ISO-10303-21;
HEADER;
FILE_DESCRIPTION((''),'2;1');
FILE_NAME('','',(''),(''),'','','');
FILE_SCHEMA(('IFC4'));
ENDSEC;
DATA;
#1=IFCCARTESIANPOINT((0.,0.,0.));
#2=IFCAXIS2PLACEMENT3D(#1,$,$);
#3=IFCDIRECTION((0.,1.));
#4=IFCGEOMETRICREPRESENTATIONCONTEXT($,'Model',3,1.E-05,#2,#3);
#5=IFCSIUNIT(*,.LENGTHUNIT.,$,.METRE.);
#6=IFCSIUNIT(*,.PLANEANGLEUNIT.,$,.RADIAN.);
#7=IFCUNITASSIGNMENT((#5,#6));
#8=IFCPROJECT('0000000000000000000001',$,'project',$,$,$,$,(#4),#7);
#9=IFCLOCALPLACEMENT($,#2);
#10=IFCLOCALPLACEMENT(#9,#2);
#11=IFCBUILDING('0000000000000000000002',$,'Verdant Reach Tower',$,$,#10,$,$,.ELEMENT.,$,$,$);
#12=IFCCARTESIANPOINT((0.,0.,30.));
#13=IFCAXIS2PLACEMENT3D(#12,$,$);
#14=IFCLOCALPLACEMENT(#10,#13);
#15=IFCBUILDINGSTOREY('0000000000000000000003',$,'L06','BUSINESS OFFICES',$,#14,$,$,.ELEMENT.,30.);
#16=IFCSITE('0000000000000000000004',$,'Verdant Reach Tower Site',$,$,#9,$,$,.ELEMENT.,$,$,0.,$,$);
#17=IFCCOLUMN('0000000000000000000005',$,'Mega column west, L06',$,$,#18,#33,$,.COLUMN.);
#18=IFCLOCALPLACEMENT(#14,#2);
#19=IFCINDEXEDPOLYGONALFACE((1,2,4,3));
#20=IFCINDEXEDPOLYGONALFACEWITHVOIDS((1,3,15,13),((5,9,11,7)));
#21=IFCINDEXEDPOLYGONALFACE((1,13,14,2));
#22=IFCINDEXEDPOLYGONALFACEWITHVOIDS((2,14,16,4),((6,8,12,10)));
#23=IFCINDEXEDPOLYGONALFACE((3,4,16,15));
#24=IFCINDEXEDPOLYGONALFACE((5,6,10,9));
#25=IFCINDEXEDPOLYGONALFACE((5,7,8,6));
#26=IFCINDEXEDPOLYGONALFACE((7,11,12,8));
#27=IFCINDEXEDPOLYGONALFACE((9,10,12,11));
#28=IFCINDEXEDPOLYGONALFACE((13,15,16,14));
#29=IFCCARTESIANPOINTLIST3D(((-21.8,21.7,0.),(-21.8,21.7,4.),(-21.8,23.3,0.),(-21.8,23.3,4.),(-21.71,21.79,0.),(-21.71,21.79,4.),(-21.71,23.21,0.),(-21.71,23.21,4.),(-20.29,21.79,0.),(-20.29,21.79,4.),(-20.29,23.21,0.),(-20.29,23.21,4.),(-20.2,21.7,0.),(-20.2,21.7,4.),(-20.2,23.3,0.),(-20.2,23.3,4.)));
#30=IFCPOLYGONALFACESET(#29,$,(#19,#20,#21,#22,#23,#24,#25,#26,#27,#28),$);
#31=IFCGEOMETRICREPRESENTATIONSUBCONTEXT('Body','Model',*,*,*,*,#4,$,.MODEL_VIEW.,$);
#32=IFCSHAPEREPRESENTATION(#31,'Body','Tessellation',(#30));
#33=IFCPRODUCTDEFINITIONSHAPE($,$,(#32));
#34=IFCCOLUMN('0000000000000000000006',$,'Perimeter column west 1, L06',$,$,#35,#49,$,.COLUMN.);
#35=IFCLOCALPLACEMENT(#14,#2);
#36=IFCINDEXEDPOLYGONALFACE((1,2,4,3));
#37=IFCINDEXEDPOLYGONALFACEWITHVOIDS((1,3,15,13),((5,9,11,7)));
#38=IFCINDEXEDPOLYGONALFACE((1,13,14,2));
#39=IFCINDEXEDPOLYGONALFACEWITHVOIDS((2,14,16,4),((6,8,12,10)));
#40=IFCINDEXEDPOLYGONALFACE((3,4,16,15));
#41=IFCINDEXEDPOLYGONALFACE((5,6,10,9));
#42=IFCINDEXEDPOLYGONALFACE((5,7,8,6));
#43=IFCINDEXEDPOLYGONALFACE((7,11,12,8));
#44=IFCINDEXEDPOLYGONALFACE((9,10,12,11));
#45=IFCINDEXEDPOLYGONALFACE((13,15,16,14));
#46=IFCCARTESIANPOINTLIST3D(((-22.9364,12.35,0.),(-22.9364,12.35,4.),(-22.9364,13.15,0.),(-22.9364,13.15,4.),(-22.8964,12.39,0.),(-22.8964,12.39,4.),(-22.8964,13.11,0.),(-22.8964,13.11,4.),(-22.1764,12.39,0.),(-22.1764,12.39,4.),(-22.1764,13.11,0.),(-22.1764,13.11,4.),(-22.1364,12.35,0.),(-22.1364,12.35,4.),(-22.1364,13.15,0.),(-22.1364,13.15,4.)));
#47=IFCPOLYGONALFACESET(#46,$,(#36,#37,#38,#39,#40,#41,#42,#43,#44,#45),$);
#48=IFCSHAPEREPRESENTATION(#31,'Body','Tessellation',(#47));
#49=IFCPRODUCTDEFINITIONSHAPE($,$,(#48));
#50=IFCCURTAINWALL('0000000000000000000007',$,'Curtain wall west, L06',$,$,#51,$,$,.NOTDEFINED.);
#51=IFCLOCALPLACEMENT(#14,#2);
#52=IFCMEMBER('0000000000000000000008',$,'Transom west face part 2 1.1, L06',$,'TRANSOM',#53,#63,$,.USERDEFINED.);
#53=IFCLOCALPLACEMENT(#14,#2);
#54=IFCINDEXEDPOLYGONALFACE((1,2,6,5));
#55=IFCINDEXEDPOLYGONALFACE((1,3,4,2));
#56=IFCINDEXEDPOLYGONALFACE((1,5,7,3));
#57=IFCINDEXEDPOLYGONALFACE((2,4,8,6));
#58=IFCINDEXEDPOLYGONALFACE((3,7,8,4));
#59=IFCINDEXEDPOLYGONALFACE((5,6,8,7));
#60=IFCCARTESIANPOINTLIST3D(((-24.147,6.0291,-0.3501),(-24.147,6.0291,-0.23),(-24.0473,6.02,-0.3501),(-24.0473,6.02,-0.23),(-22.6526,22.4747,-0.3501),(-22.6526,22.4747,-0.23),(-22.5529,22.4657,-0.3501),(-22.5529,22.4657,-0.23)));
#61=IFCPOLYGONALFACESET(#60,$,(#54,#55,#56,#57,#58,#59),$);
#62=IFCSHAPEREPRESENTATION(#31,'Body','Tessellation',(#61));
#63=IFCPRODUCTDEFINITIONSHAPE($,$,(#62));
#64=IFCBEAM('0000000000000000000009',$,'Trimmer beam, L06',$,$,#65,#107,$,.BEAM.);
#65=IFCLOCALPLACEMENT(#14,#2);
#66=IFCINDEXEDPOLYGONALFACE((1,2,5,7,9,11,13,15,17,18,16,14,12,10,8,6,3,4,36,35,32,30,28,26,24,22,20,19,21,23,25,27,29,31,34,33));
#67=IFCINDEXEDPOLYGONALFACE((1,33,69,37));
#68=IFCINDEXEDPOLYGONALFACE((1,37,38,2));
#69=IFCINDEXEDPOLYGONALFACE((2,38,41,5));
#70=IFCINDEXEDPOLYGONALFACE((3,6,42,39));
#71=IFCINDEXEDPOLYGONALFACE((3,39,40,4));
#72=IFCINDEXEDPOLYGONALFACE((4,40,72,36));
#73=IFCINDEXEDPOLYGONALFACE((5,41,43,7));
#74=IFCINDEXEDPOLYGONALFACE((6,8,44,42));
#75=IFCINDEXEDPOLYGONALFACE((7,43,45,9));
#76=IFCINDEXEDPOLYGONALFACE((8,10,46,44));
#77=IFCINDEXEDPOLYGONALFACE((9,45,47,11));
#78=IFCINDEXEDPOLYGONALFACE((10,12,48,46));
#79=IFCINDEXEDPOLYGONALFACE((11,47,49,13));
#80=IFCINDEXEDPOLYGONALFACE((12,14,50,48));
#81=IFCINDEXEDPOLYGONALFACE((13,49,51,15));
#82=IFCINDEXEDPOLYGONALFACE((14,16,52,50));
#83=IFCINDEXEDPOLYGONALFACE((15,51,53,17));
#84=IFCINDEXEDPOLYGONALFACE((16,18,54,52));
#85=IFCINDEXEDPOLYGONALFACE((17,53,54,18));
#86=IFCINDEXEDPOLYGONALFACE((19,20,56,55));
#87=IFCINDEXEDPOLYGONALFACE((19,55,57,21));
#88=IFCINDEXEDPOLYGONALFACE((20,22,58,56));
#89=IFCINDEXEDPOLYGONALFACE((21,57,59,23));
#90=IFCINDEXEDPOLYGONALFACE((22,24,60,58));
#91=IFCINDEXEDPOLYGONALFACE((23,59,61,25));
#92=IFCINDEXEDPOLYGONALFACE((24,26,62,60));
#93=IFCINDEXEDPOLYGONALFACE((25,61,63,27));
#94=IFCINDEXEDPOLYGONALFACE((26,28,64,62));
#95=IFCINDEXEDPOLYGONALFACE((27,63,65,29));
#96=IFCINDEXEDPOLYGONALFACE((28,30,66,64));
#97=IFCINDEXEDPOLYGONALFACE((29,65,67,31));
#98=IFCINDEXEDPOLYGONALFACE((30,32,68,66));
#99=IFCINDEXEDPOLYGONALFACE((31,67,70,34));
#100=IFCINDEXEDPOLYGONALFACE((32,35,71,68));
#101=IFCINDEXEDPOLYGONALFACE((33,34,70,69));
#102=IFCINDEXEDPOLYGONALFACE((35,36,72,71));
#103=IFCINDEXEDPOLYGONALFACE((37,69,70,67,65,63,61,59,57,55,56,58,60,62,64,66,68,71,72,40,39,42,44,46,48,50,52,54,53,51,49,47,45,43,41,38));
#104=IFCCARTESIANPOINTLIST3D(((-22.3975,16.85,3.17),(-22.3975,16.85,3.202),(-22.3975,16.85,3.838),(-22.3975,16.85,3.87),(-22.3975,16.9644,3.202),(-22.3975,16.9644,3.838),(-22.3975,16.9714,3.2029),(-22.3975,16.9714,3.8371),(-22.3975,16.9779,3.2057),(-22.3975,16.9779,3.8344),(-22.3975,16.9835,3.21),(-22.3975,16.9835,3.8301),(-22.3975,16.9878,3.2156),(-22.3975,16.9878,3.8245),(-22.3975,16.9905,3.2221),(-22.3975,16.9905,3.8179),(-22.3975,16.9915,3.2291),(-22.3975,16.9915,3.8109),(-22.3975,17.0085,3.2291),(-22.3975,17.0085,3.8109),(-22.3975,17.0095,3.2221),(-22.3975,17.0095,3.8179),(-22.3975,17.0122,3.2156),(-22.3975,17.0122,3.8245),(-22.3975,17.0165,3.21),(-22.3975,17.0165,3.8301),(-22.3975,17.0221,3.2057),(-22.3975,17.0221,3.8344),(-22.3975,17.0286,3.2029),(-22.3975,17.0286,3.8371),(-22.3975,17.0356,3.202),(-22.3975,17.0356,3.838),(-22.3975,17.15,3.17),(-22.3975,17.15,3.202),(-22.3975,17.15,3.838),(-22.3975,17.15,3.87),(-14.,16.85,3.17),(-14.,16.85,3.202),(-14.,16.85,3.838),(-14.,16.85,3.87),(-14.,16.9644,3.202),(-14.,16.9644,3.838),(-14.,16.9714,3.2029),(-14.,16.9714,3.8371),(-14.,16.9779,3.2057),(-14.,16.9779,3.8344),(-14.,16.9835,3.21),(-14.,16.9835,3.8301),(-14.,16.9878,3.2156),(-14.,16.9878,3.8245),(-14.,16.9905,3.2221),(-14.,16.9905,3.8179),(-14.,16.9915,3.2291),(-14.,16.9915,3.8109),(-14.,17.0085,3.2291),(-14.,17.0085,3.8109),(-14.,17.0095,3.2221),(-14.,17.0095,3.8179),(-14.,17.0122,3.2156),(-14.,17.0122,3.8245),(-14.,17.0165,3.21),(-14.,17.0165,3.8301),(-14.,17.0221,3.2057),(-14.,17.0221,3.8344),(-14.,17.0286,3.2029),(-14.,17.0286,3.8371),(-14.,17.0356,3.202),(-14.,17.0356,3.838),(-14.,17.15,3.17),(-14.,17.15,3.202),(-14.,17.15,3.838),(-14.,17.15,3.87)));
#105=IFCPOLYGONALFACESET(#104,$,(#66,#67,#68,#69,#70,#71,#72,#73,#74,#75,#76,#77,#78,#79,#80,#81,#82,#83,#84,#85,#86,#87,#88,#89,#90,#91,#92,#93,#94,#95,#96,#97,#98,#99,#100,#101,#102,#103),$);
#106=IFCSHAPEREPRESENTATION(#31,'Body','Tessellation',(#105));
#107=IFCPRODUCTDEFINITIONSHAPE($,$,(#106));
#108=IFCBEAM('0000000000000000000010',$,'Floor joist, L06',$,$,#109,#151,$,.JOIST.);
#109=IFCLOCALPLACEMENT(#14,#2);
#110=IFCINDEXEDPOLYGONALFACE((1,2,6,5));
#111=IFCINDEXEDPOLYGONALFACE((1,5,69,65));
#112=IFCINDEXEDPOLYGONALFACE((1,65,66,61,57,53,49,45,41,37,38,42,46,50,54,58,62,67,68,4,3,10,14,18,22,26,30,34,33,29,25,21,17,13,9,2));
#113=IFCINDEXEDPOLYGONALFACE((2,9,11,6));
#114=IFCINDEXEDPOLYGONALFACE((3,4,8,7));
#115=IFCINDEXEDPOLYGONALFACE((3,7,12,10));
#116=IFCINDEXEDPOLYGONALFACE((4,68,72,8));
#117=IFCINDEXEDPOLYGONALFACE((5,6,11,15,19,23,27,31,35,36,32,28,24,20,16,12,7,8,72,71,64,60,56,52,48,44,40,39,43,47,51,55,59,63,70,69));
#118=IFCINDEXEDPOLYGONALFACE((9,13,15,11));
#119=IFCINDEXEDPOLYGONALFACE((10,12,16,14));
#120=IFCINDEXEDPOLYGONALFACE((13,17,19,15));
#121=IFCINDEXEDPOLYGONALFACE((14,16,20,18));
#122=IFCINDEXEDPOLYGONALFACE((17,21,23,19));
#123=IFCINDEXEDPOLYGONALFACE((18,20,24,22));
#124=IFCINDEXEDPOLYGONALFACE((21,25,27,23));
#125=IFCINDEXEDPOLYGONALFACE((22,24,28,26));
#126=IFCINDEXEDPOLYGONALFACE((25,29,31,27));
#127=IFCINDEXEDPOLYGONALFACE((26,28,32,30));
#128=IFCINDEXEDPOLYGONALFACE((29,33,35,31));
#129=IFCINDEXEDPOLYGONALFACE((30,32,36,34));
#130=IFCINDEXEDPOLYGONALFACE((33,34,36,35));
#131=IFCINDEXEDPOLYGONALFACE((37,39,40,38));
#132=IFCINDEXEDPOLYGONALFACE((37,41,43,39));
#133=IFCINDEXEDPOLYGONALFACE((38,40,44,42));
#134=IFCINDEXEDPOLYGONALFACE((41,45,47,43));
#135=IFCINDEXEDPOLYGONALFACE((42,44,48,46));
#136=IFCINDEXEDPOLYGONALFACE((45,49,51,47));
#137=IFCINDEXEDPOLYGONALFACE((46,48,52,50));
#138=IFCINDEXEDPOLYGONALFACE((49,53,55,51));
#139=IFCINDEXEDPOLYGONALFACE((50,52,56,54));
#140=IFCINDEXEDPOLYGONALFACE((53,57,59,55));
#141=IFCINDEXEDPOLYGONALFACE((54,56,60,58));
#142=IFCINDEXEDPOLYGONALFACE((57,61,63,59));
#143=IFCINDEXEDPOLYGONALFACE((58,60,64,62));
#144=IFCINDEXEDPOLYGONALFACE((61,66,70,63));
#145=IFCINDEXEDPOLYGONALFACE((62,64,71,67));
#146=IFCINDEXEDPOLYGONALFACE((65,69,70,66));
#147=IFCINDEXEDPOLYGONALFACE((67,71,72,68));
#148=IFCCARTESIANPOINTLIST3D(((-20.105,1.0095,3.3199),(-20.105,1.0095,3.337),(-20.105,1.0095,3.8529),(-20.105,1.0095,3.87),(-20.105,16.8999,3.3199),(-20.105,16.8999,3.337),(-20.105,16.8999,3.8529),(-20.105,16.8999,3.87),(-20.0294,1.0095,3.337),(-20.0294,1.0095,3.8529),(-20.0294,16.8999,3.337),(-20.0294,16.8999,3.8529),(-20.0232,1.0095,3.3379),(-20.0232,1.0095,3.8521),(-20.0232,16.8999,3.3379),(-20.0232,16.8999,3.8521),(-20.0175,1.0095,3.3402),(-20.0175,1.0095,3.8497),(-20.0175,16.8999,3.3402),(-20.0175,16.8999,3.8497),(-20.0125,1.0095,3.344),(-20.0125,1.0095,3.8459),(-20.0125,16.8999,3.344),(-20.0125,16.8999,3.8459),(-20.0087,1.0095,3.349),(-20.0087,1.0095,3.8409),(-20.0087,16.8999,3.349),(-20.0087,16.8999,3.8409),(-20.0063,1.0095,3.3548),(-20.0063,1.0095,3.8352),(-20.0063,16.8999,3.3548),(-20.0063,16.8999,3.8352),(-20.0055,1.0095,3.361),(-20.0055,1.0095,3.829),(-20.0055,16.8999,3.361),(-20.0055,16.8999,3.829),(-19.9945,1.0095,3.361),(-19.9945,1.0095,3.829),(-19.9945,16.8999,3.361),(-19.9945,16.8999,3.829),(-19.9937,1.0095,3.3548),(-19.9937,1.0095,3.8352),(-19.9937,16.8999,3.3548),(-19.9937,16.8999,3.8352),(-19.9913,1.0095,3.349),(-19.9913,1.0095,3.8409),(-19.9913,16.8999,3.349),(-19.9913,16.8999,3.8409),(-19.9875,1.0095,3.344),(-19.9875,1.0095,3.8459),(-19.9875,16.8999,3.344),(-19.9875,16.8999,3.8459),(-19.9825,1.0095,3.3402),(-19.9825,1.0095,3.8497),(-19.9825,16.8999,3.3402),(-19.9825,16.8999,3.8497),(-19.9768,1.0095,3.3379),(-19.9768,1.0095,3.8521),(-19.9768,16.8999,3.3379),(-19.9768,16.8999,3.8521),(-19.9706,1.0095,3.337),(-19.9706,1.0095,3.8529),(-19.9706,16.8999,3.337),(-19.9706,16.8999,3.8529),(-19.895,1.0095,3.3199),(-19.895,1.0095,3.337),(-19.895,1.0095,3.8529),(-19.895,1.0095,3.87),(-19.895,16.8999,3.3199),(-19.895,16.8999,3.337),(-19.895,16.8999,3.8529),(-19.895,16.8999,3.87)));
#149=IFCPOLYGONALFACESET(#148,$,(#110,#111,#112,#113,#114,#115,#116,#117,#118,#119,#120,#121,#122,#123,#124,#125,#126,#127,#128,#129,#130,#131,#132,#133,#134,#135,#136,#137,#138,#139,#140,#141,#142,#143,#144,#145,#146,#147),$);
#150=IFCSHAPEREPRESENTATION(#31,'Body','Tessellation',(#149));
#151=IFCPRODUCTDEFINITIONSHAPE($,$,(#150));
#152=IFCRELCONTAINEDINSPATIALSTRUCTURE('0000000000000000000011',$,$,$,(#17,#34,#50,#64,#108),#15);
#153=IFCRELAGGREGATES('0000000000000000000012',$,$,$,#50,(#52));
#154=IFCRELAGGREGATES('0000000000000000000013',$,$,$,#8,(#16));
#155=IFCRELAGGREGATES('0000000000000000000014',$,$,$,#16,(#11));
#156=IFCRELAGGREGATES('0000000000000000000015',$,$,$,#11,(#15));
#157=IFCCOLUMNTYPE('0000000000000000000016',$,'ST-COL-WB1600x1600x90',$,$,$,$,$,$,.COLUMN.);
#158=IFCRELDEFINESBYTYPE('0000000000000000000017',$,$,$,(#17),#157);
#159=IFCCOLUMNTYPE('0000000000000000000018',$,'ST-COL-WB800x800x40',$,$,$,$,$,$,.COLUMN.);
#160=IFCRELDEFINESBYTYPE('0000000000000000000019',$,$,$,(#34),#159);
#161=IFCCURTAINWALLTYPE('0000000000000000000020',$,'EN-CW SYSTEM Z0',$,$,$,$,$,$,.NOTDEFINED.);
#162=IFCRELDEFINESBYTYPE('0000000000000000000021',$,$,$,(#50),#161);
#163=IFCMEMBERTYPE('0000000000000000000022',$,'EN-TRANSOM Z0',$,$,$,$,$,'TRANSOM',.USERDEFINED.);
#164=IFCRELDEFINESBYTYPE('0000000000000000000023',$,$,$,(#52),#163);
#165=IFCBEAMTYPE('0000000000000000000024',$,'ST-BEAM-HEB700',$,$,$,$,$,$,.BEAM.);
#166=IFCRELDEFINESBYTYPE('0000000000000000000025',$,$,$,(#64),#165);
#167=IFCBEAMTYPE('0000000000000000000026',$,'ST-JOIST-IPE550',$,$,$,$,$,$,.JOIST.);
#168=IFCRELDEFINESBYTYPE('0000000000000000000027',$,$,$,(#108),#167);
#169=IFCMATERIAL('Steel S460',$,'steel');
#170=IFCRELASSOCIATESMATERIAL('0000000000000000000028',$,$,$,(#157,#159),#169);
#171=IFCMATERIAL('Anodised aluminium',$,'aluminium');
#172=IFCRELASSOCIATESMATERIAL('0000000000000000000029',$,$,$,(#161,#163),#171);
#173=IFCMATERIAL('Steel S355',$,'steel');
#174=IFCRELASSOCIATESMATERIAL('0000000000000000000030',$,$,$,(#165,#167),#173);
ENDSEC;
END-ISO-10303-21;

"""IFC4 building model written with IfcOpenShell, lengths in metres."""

from ifc_helpers import new_model, si_unit, direction, frame, origin, origin_2d, place, context, subcontext, project, spatial, rectangle, hollow_rectangle, i_section, extrude, material, material_profile, profile_set, type_object, element, aggregate, save


model = new_model("IFC4")

# Units and contexts
model_context = context("Model", 3, precision=1e-05, world=origin(), true_north=direction((0.0, 1.0)))
body_context = subcontext(model_context, "Body", "Model", "MODEL_VIEW")
ifc_project = project(units=[si_unit("LENGTHUNIT", "METRE"), si_unit("PLANEANGLEUNIT", "RADIAN")], contexts=[model_context])

# Site, building, storey
site_placement = place(None, origin())
site = spatial("IfcSite", under=ifc_project, at=site_placement, Name="Verdant Reach Tower Site", CompositionType="ELEMENT", RefElevation=0.0)
building_placement = place(site_placement, origin())
building = spatial("IfcBuilding", under=site, at=building_placement, Name="Verdant Reach Tower", CompositionType="ELEMENT")
storey_placement = place(building_placement, frame((0.0, 0.0, 30.0)))
storey = spatial("IfcBuildingStorey", under=building, at=storey_placement, Name="L06", Description="BUSINESS OFFICES", CompositionType="ELEMENT", Elevation=30.0)

# Columns
ifc_material_1 = material(Name="Steel S460", Category="steel")
ifc_material_profile_1 = material_profile(ifc_material_1, hollow_rectangle(XDim=1.6001, YDim=1.6001, WallThickness=0.0901, at=origin_2d()), Name="WB 1600x1600x90")
ifc_profile_set_1 = profile_set([ifc_material_profile_1], Name="Steel S460")
column_type_1 = type_object("IfcColumnType", Name="ST-COL-WB1600x1600x90", PredefinedType="COLUMN", material=ifc_profile_set_1)
column_1_placement = place(storey_placement, frame((-21.0, 22.5, 0.0), z_axis=(0.0, 0.0, 1.0), x_axis=(1.0, 0.0, 0.0)))
element("IfcColumn", 1, at=column_1_placement, inside=storey, type_object=column_type_1, Name="Mega column west, L06", PredefinedType="COLUMN", context=body_context, shape_type="SweptSolid", body=[
    extrude(hollow_rectangle(XDim=1.6001, YDim=1.6001, WallThickness=0.0901, at=origin_2d()), origin(), (0.0, 0.0, 1.0), 4.0),
])
ifc_material_profile_2 = material_profile(ifc_material_1, hollow_rectangle(XDim=0.8, YDim=0.8, WallThickness=0.04, at=origin_2d()), Name="WB 800x800x40")
ifc_profile_set_2 = profile_set([ifc_material_profile_2], Name="Steel S460")
column_type_2 = type_object("IfcColumnType", Name="ST-COL-WB800x800x40", PredefinedType="COLUMN", material=ifc_profile_set_2)
column_2_placement = place(storey_placement, frame((-22.5364, 12.75, 0.0), z_axis=(0.0, 0.0, 1.0), x_axis=(1.0, 0.0, 0.0)))
element("IfcColumn", 2, at=column_2_placement, inside=storey, type_object=column_type_2, Name="Perimeter column west 1, L06", PredefinedType="COLUMN", context=body_context, shape_type="SweptSolid", body=[
    extrude(hollow_rectangle(XDim=0.8, YDim=0.8, WallThickness=0.04, at=origin_2d()), origin(), (0.0, 0.0, 1.0), 4.0),
])

# Curtain wall, member
ifc_material_2 = material(Name="Anodised aluminium", Category="aluminium")
curtain_wall_type = type_object("IfcCurtainWallType", Name="EN-CW SYSTEM Z0", PredefinedType="NOTDEFINED", material=ifc_material_2)
curtain_wall_placement = place(storey_placement, origin())
curtain_wall = element("IfcCurtainWall", 3, at=curtain_wall_placement, inside=storey, type_object=curtain_wall_type, Name="Curtain wall west, L06", PredefinedType="NOTDEFINED")
ifc_material_profile_3 = material_profile(ifc_material_2, rectangle(XDim=0.1001, YDim=0.1201, at=origin_2d()), Name="Transom 120x100")
ifc_profile_set_3 = profile_set([ifc_material_profile_3], Name="Anodised aluminium")
member_type = type_object("IfcMemberType", Name="EN-TRANSOM Z0", ElementType="TRANSOM", PredefinedType="USERDEFINED", material=ifc_profile_set_3)
member_placement = place(storey_placement, frame((-22.6028, 22.4702, -0.29), z_axis=(-0.090496, -0.995897, 0.0), x_axis=(0.995897, -0.090496, 0.0)))
member = element("IfcMember", 4, at=member_placement, type_object=member_type, Name="Transom west face part 2 1.1, L06", ObjectType="TRANSOM", PredefinedType="USERDEFINED", context=body_context, shape_type="SweptSolid", body=[
    extrude(rectangle(XDim=0.1001, YDim=0.1201, at=origin_2d()), origin(), (0.0, 0.0, 1.0), 16.5134),
])

# Beams
ifc_material_3 = material(Name="Steel S355", Category="steel")
ifc_material_profile_4 = material_profile(ifc_material_3, i_section(OverallWidth=0.3, OverallDepth=0.7, WebThickness=0.0171, FlangeThickness=0.032, FilletRadius=0.0271, at=origin_2d()), Name="HEB 700")
ifc_profile_set_4 = profile_set([ifc_material_profile_4], Name="Steel S355")
beam_type_1 = type_object("IfcBeamType", Name="ST-BEAM-HEB700", PredefinedType="BEAM", material=ifc_profile_set_4)
beam_1_placement = place(storey_placement, frame((-14.0, 17.0, 3.52), z_axis=(-1.0, 0.0, 0.0), x_axis=(0.0, -1.0, 0.0)))
element("IfcBeam", 5, at=beam_1_placement, inside=storey, type_object=beam_type_1, Name="Trimmer beam, L06", PredefinedType="BEAM", context=body_context, shape_type="SweptSolid", body=[
    extrude(i_section(OverallWidth=0.3, OverallDepth=0.7, WebThickness=0.0171, FlangeThickness=0.032, FilletRadius=0.0271, at=origin_2d()), origin(), (0.0, 0.0, 1.0), 8.3975),
])
ifc_material_profile_5 = material_profile(ifc_material_3, i_section(OverallWidth=0.21, OverallDepth=0.55, WebThickness=0.011, FlangeThickness=0.0171, FilletRadius=0.0239, at=origin_2d()), Name="IPE 550")
ifc_profile_set_5 = profile_set([ifc_material_profile_5], Name="Steel S355")
beam_type_2 = type_object("IfcBeamType", Name="ST-JOIST-IPE550", PredefinedType="JOIST", material=ifc_profile_set_5)
beam_2_placement = place(storey_placement, frame((-20.0, 16.8999, 3.595), z_axis=(0.0, -1.0, 0.0), x_axis=(1.0, 0.0, 0.0)))
element("IfcBeam", 6, at=beam_2_placement, inside=storey, type_object=beam_type_2, Name="Floor joist, L06", PredefinedType="JOIST", context=body_context, shape_type="SweptSolid", body=[
    extrude(i_section(OverallWidth=0.21, OverallDepth=0.55, WebThickness=0.011, FlangeThickness=0.0171, FilletRadius=0.0239, at=origin_2d()), origin(), (0.0, 0.0, 1.0), 15.8904),
])

aggregate(curtain_wall, [member])

save(model, "model.ifc")
